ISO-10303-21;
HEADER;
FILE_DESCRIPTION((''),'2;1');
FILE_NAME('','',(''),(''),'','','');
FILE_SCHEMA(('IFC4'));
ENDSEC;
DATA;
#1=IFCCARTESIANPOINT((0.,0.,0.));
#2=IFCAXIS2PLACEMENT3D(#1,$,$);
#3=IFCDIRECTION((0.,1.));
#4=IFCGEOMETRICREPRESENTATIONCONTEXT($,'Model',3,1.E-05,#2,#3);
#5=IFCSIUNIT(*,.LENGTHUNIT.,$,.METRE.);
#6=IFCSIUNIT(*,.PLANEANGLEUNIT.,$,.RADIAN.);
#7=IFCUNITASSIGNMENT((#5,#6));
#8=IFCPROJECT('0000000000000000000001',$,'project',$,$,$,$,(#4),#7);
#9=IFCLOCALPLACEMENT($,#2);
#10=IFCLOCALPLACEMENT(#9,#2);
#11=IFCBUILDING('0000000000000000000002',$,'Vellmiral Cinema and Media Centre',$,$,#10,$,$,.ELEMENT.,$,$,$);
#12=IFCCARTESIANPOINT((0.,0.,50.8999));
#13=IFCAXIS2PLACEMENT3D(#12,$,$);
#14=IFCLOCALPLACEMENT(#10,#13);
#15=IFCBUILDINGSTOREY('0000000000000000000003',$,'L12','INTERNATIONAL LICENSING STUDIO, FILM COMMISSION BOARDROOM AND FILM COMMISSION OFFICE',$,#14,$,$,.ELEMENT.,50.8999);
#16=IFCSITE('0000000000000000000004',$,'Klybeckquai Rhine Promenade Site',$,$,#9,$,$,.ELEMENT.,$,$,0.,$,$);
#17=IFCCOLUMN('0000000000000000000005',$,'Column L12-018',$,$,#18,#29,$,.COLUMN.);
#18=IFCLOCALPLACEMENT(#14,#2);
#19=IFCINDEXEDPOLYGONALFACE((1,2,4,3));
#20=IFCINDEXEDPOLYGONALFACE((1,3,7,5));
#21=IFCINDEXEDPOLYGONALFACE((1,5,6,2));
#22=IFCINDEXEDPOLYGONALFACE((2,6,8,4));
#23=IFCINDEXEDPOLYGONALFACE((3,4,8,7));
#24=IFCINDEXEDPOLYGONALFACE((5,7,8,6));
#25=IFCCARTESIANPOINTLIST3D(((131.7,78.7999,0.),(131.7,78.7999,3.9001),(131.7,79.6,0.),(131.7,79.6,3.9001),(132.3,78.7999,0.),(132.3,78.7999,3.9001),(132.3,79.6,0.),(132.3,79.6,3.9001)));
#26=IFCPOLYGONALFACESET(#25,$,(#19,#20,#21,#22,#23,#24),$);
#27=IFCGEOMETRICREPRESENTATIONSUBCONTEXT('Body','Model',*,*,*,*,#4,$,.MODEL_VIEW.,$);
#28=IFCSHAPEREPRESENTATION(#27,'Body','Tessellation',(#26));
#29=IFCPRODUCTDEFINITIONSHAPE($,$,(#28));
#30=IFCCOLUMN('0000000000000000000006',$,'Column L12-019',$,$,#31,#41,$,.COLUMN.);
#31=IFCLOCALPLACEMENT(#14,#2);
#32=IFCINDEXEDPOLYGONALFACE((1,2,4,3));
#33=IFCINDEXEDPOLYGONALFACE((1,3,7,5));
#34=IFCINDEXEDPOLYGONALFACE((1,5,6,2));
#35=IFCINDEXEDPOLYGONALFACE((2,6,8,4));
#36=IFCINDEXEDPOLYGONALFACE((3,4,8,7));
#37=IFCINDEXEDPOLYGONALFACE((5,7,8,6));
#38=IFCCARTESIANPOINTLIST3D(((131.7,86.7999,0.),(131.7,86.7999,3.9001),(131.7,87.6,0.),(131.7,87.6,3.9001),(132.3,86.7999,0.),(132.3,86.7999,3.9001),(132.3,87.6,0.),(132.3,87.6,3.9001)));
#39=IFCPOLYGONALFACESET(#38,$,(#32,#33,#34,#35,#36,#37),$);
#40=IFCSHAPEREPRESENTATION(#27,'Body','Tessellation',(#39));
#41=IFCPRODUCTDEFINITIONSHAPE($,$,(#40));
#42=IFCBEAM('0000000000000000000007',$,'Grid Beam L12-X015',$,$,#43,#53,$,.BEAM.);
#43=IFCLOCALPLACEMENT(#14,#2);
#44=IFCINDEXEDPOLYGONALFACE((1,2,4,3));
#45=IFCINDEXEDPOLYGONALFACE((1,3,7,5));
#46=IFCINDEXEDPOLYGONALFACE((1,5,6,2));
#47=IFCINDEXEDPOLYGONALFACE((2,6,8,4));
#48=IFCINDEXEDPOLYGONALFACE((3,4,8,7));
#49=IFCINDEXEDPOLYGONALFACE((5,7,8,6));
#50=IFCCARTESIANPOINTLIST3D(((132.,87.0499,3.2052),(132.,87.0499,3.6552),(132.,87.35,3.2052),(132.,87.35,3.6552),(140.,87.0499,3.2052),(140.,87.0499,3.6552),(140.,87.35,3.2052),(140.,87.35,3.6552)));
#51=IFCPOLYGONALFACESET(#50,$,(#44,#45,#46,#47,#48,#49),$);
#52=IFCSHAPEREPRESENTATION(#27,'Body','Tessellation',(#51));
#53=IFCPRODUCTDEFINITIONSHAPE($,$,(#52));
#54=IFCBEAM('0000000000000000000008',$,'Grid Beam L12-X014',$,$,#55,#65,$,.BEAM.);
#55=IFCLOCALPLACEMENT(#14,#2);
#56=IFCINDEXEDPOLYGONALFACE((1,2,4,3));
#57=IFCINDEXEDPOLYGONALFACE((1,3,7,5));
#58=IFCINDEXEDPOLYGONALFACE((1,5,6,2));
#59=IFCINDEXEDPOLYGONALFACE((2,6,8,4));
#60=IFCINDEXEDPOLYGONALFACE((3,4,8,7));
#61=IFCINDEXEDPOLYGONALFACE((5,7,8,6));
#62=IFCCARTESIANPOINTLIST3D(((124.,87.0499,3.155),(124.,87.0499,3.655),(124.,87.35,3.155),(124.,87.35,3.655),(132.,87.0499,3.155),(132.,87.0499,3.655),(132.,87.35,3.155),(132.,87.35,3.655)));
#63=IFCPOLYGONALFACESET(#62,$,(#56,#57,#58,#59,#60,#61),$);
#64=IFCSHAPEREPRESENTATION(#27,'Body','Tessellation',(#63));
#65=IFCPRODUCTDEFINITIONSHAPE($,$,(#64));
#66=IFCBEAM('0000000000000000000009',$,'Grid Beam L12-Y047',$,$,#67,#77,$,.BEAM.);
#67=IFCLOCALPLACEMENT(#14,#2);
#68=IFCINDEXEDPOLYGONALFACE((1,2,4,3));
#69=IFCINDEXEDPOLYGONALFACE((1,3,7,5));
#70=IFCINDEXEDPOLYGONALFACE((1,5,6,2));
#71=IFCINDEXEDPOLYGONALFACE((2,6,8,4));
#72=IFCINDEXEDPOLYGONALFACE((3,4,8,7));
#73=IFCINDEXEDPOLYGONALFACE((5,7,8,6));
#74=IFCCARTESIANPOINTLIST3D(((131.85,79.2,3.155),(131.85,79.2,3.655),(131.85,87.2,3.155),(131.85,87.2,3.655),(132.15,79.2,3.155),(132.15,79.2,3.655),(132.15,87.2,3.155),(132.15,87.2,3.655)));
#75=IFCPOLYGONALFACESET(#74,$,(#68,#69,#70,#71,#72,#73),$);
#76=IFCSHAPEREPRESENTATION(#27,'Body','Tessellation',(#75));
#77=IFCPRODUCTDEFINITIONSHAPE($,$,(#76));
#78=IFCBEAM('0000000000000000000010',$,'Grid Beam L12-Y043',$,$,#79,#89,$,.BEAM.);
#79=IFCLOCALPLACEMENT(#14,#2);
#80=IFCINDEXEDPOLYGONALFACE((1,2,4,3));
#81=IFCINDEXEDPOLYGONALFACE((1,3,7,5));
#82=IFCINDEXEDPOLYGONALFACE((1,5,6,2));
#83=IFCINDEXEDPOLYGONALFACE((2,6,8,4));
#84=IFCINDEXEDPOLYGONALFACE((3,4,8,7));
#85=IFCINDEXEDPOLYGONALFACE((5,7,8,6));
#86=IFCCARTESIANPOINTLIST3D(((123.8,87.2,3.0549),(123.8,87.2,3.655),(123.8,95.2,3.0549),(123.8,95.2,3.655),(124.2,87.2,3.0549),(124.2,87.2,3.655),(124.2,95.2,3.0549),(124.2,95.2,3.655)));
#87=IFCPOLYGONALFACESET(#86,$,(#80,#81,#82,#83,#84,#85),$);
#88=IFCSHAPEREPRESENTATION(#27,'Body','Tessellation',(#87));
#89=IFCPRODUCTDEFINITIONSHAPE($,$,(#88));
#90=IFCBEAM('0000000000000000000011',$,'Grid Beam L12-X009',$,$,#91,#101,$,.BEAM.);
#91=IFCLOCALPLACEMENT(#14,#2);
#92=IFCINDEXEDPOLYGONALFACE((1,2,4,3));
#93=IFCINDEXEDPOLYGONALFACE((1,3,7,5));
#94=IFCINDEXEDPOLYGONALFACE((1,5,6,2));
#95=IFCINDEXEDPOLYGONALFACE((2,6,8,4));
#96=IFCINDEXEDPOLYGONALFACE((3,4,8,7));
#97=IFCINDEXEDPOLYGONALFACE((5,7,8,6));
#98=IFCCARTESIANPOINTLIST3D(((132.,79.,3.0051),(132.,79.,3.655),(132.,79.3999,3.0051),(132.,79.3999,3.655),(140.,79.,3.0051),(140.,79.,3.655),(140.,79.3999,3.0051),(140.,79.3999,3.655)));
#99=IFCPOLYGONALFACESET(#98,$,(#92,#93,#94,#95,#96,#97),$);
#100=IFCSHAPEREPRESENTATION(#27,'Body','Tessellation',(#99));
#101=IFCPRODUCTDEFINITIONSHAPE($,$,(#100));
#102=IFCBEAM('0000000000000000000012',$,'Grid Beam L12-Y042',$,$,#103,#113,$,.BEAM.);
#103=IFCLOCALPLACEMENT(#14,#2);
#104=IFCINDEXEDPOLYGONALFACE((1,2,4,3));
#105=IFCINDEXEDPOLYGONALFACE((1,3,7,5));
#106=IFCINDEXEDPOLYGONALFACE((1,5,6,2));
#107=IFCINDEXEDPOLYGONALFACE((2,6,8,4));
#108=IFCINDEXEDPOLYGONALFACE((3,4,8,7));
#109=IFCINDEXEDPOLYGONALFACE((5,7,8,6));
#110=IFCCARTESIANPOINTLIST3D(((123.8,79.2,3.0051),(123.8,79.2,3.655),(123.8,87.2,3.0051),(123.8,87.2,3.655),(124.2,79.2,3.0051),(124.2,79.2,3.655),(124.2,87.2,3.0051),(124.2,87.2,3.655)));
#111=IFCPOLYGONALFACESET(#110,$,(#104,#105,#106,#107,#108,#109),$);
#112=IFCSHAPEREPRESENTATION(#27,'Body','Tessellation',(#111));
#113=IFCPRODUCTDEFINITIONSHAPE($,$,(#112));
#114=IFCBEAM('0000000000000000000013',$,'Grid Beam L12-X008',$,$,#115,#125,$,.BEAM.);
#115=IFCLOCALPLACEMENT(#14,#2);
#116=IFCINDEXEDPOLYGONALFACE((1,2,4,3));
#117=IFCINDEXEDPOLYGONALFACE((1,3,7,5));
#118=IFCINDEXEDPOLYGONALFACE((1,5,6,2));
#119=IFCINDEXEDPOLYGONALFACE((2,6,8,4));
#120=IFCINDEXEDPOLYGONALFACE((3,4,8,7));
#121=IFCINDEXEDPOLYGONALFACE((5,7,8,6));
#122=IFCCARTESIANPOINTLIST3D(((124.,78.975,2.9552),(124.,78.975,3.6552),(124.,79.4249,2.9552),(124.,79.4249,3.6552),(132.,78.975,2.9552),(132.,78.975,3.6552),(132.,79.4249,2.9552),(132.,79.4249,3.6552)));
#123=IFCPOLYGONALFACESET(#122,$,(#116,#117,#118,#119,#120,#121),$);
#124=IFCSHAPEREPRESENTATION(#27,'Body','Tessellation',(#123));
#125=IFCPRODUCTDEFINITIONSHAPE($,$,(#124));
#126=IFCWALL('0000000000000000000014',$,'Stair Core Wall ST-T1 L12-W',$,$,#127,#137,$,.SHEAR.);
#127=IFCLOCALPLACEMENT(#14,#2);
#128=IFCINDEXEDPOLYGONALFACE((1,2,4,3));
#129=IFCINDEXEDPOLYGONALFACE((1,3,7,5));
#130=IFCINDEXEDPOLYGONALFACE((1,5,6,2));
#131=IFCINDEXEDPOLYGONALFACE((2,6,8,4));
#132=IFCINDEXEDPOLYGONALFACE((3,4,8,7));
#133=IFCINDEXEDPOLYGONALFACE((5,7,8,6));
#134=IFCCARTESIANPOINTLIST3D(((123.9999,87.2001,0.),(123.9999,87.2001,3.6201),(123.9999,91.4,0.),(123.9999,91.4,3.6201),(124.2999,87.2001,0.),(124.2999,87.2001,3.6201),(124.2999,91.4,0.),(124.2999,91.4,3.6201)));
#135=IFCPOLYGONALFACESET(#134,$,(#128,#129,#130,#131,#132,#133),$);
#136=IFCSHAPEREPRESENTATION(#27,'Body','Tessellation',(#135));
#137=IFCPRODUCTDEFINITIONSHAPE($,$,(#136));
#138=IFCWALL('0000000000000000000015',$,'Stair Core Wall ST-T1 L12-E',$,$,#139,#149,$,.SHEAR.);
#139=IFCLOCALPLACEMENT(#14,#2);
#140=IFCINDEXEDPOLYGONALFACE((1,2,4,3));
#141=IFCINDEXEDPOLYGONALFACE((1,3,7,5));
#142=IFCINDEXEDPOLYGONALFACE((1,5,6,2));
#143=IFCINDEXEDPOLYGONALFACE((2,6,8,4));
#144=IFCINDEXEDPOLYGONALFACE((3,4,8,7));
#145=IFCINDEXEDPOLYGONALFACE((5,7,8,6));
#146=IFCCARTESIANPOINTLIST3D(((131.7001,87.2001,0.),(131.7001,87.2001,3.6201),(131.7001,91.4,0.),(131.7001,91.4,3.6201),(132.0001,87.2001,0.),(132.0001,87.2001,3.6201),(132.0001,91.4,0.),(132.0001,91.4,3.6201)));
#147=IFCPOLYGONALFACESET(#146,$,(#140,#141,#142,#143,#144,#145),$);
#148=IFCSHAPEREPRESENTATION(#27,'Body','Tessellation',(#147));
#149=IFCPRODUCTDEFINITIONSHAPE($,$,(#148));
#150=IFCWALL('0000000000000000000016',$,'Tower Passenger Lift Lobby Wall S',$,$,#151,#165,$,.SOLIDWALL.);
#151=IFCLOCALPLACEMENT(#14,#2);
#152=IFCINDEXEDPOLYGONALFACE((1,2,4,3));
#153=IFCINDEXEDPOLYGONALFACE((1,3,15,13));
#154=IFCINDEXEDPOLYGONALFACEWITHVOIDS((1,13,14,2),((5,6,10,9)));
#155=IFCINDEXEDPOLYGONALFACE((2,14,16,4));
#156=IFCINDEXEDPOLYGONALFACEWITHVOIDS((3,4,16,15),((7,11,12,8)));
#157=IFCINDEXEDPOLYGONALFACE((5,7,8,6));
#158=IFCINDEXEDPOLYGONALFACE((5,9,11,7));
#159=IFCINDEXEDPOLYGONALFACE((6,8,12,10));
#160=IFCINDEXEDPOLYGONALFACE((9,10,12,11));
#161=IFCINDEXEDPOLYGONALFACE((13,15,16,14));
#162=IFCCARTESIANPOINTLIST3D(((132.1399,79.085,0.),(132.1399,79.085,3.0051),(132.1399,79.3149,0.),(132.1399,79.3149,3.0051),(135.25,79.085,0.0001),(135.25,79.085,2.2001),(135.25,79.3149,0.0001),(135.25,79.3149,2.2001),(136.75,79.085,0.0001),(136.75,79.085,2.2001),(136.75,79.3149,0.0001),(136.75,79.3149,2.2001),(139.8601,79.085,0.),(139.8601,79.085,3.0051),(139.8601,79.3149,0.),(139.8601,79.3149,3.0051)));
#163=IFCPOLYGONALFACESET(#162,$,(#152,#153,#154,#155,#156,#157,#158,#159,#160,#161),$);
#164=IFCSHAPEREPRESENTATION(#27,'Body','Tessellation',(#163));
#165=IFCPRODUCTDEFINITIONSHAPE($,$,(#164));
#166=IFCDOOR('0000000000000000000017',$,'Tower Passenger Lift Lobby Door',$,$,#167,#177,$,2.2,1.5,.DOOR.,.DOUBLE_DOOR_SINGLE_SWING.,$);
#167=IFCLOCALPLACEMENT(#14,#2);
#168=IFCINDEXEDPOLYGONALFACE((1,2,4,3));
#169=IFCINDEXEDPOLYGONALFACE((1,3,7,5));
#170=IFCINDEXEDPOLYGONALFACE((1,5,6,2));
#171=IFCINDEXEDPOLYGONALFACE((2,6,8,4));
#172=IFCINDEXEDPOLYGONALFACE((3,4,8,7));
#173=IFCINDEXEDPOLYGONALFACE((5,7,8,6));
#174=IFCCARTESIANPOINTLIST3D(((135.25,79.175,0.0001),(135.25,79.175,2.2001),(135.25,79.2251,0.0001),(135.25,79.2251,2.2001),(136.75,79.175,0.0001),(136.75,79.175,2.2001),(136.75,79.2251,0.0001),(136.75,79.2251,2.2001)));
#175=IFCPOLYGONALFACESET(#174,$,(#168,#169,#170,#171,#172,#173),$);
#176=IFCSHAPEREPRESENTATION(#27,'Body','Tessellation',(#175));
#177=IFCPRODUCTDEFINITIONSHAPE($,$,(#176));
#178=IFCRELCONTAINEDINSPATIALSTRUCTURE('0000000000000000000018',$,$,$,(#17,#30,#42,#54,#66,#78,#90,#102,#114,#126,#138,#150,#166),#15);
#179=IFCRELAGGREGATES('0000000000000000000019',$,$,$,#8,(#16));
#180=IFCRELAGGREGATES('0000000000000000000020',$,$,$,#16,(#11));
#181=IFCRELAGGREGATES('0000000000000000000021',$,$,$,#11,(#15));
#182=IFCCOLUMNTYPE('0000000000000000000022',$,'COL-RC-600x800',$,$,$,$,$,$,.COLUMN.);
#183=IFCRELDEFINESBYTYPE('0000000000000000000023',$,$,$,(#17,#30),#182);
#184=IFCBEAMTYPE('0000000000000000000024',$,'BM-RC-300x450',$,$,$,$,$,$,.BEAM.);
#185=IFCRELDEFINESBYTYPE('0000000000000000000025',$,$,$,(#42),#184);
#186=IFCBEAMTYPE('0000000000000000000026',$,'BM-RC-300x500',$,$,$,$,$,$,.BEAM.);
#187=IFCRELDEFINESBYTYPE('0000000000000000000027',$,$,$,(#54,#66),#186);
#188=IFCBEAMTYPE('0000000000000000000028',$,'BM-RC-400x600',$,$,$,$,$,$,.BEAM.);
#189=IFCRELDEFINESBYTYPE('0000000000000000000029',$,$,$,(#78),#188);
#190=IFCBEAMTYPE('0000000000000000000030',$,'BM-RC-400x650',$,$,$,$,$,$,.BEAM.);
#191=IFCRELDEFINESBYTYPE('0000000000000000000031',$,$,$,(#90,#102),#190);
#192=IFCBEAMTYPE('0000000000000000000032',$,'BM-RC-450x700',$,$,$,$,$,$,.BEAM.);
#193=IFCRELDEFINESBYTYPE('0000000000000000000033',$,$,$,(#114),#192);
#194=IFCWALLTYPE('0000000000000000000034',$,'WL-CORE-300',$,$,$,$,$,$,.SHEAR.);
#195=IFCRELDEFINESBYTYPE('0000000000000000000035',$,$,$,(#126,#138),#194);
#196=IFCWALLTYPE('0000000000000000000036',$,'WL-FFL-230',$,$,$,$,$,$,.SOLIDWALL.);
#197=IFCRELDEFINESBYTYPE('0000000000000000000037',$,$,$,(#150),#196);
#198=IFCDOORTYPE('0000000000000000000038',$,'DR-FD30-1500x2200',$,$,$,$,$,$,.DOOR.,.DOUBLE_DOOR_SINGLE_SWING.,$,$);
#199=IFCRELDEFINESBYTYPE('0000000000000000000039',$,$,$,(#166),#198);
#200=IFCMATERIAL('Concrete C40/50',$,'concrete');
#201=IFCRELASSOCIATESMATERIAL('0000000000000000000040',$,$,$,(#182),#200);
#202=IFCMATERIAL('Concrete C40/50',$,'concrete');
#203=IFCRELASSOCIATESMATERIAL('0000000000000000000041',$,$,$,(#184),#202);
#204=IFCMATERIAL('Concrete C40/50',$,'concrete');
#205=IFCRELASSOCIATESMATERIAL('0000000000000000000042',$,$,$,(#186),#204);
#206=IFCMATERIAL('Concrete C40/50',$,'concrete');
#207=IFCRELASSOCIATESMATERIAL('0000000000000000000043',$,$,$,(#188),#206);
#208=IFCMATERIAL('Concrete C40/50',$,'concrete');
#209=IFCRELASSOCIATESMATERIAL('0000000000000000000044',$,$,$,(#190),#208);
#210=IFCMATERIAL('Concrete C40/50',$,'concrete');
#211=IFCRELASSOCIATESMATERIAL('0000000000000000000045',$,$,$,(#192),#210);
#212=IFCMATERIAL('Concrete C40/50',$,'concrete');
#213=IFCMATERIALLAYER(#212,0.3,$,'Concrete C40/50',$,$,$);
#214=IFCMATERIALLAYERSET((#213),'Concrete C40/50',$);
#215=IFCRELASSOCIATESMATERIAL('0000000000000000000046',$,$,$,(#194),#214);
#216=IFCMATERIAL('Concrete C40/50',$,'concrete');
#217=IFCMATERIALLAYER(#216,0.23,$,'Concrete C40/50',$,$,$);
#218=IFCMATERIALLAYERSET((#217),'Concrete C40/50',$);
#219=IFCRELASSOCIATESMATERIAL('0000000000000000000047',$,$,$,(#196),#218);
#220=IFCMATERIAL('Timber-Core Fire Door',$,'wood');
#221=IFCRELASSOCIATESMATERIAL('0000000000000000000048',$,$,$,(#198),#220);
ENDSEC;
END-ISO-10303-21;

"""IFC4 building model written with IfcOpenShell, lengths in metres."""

from ifc_helpers import new_model, si_unit, direction, frame, frame_2d, origin, origin_2d, place, context, subcontext, project, spatial, rectangle, extrude, material, layer, layer_set, material_profile, profile_set, type_object, element, fill, save


model = new_model("IFC4")

# Units and contexts
model_context = context("Model", 3, precision=1e-05, world=origin(), true_north=direction((0.0, 1.0)))
body_context = subcontext(model_context, "Body", "Model", "MODEL_VIEW")
ifc_project = project(units=[si_unit("LENGTHUNIT", "METRE"), si_unit("PLANEANGLEUNIT", "RADIAN")], contexts=[model_context])

# Site, building, storey
site_placement = place(None, origin())
site = spatial("IfcSite", under=ifc_project, at=site_placement, Name="Klybeckquai Rhine Promenade Site", CompositionType="ELEMENT", RefElevation=0.0)
building_placement = place(site_placement, origin())
building = spatial("IfcBuilding", under=site, at=building_placement, Name="Vellmiral Cinema and Media Centre", CompositionType="ELEMENT")
storey_placement = place(building_placement, frame((0.0, 0.0, 50.8999)))
storey = spatial("IfcBuildingStorey", under=building, at=storey_placement, Name="L12", Description="INTERNATIONAL LICENSING STUDIO, FILM COMMISSION BOARDROOM AND FILM COMMISSION OFFICE", CompositionType="ELEMENT", Elevation=50.8999)

# Columns
ifc_material_1 = material(Name="Concrete C40/50", Category="concrete")
ifc_material_profile_1 = material_profile(ifc_material_1, rectangle(XDim=0.6001, YDim=0.8, at=origin_2d()), Name="RC 600x800")
ifc_profile_set_1 = profile_set([ifc_material_profile_1], Name="Concrete C40/50")
column_type = type_object("IfcColumnType", Name="COL-RC-600x800", PredefinedType="COLUMN", material=ifc_profile_set_1)
for number, where, z_axis, x_axis, name in (
    (1, (132.0, 79.2, 0.0), (0.0, 0.0, 1.0), (1.0, 0.0, 0.0), "Column L12-018"),
    (2, (132.0, 87.2, 0.0), (0.0, 0.0, 1.0), (1.0, 0.0, 0.0), "Column L12-019"),
):
    element("IfcColumn", number, at=place(storey_placement, frame(where, z_axis=z_axis, x_axis=x_axis)), inside=storey, type_object=column_type, Name=name, PredefinedType="COLUMN", context=body_context, shape_type="SweptSolid", body=[
        extrude(rectangle(XDim=0.6001, YDim=0.8, at=origin_2d()), origin(), (0.0, 0.0, 1.0), 3.9001),
    ])

# Beams
ifc_material_2 = material(Name="Concrete C40/50", Category="concrete")
ifc_material_profile_2 = material_profile(ifc_material_2, rectangle(XDim=0.3, YDim=0.45, at=origin_2d()), Name="RC 300x450")
ifc_profile_set_2 = profile_set([ifc_material_profile_2], Name="Concrete C40/50")
beam_type_1 = type_object("IfcBeamType", Name="BM-RC-300x450", PredefinedType="BEAM", material=ifc_profile_set_2)
beam_1_placement = place(storey_placement, frame((132.0, 87.2, 3.4302), z_axis=(1.0, 0.0, 0.0), x_axis=(0.0, 1.0, 0.0)))
element("IfcBeam", 3, at=beam_1_placement, inside=storey, type_object=beam_type_1, Name="Grid Beam L12-X015", PredefinedType="BEAM", context=body_context, shape_type="SweptSolid", body=[
    extrude(rectangle(XDim=0.3, YDim=0.45, at=origin_2d()), origin(), (0.0, 0.0, 1.0), 8.0),
])
ifc_material_3 = material(Name="Concrete C40/50", Category="concrete")
ifc_material_profile_3 = material_profile(ifc_material_3, rectangle(XDim=0.3, YDim=0.5, at=origin_2d()), Name="RC 300x500")
ifc_profile_set_3 = profile_set([ifc_material_profile_3], Name="Concrete C40/50")
beam_type_2 = type_object("IfcBeamType", Name="BM-RC-300x500", PredefinedType="BEAM", material=ifc_profile_set_3)
for number, where, z_axis, x_axis, name in (
    (4, (124.0, 87.2, 3.405), (1.0, 0.0, 0.0), (0.0, 1.0, 0.0), "Grid Beam L12-X014"),
    (5, (132.0, 79.2, 3.405), (0.0, 1.0, 0.0), (-1.0, 0.0, 0.0), "Grid Beam L12-Y047"),
):
    element("IfcBeam", number, at=place(storey_placement, frame(where, z_axis=z_axis, x_axis=x_axis)), inside=storey, type_object=beam_type_2, Name=name, PredefinedType="BEAM", context=body_context, shape_type="SweptSolid", body=[
        extrude(rectangle(XDim=0.3, YDim=0.5, at=origin_2d()), origin(), (0.0, 0.0, 1.0), 8.0),
    ])
ifc_material_4 = material(Name="Concrete C40/50", Category="concrete")
ifc_material_profile_4 = material_profile(ifc_material_4, rectangle(XDim=0.3999, YDim=0.6001, at=origin_2d()), Name="RC 400x600")
ifc_profile_set_4 = profile_set([ifc_material_profile_4], Name="Concrete C40/50")
beam_type_3 = type_object("IfcBeamType", Name="BM-RC-400x600", PredefinedType="BEAM", material=ifc_profile_set_4)
beam_2_placement = place(storey_placement, frame((124.0, 87.2, 3.355), z_axis=(0.0, 1.0, 0.0), x_axis=(-1.0, 0.0, 0.0)))
element("IfcBeam", 6, at=beam_2_placement, inside=storey, type_object=beam_type_3, Name="Grid Beam L12-Y043", PredefinedType="BEAM", context=body_context, shape_type="SweptSolid", body=[
    extrude(rectangle(XDim=0.3999, YDim=0.6001, at=origin_2d()), origin(), (0.0, 0.0, 1.0), 8.0),
])
ifc_material_5 = material(Name="Concrete C40/50", Category="concrete")
ifc_material_profile_5 = material_profile(ifc_material_5, rectangle(XDim=0.3999, YDim=0.6499, at=origin_2d()), Name="RC 400x650")
ifc_profile_set_5 = profile_set([ifc_material_profile_5], Name="Concrete C40/50")
beam_type_4 = type_object("IfcBeamType", Name="BM-RC-400x650", PredefinedType="BEAM", material=ifc_profile_set_5)
for number, where, z_axis, x_axis, name in (
    (7, (132.0, 79.2, 3.3301), (1.0, 0.0, 0.0), (0.0, 1.0, 0.0), "Grid Beam L12-X009"),
    (8, (124.0, 79.2, 3.3301), (0.0, 1.0, 0.0), (-1.0, 0.0, 0.0), "Grid Beam L12-Y042"),
):
    element("IfcBeam", number, at=place(storey_placement, frame(where, z_axis=z_axis, x_axis=x_axis)), inside=storey, type_object=beam_type_4, Name=name, PredefinedType="BEAM", context=body_context, shape_type="SweptSolid", body=[
        extrude(rectangle(XDim=0.3999, YDim=0.6499, at=origin_2d()), origin(), (0.0, 0.0, 1.0), 8.0),
    ])
ifc_material_6 = material(Name="Concrete C40/50", Category="concrete")
ifc_material_profile_6 = material_profile(ifc_material_6, rectangle(XDim=0.45, YDim=0.7, at=origin_2d()), Name="RC 450x700")
ifc_profile_set_6 = profile_set([ifc_material_profile_6], Name="Concrete C40/50")
beam_type_5 = type_object("IfcBeamType", Name="BM-RC-450x700", PredefinedType="BEAM", material=ifc_profile_set_6)
beam_3_placement = place(storey_placement, frame((124.0, 79.2, 3.3052), z_axis=(1.0, 0.0, 0.0), x_axis=(0.0, 1.0, 0.0)))
element("IfcBeam", 9, at=beam_3_placement, inside=storey, type_object=beam_type_5, Name="Grid Beam L12-X008", PredefinedType="BEAM", context=body_context, shape_type="SweptSolid", body=[
    extrude(rectangle(XDim=0.45, YDim=0.7, at=origin_2d()), origin(), (0.0, 0.0, 1.0), 8.0),
])

# Walls
ifc_material_7 = material(Name="Concrete C40/50", Category="concrete")
ifc_layer_1 = layer(ifc_material_7, 0.3, Name="Concrete C40/50")
ifc_layer_set_1 = layer_set([ifc_layer_1], Name="Concrete C40/50")
wall_type_1 = type_object("IfcWallType", Name="WL-CORE-300", PredefinedType="SHEAR", material=ifc_layer_set_1)
for number, where, z_axis, x_axis, name in (
    (10, (124.1499, 87.2, 0.0), (0.0, 0.0, 1.0), (0.0, 1.0, 0.0), "Stair Core Wall ST-T1 L12-W"),
    (11, (131.8501, 87.2, 0.0), (0.0, 0.0, 1.0), (0.0, 1.0, 0.0), "Stair Core Wall ST-T1 L12-E"),
):
    element("IfcWall", number, at=place(storey_placement, frame(where, z_axis=z_axis, x_axis=x_axis)), inside=storey, type_object=wall_type_1, Name=name, PredefinedType="SHEAR", context=body_context, shape_type="SweptSolid", body=[
        extrude(rectangle(XDim=4.2, YDim=0.3, at=frame_2d((2.1001, 0.0))), origin(), (0.0, 0.0, 1.0), 3.6201),
    ])

# Wall, opening, door
ifc_material_8 = material(Name="Concrete C40/50", Category="concrete")
ifc_layer_2 = layer(ifc_material_8, 0.23, Name="Concrete C40/50")
ifc_layer_set_2 = layer_set([ifc_layer_2], Name="Concrete C40/50")
wall_type_2 = type_object("IfcWallType", Name="WL-FFL-230", PredefinedType="SOLIDWALL", material=ifc_layer_set_2)
wall_1_placement = place(storey_placement, frame((132.1399, 79.2, 0.0), z_axis=(0.0, 0.0, 1.0), x_axis=(1.0, 0.0, 0.0)))
wall_1 = element("IfcWall", 12, at=wall_1_placement, inside=storey, type_object=wall_type_2, Name="Tower Passenger Lift Lobby Wall S", PredefinedType="SOLIDWALL", context=body_context, shape_type="SweptSolid", body=[
    extrude(rectangle(XDim=7.7202, YDim=0.23, at=frame_2d((3.8601, 0.0))), origin(), (0.0, 0.0, 1.0), 3.0051),
])
opening_1_placement = place(wall_1_placement, frame((3.1101, 0.0, 0.0)))
opening_1 = element("IfcOpeningElement", 13, at=opening_1_placement, cuts=wall_1, PredefinedType="OPENING", context=body_context, shape_type="SweptSolid", body=[
    extrude(rectangle(XDim=1.5, YDim=2.2, at=frame_2d((0.75, 1.1001))), frame((0.0, 0.127, 0.0), z_axis=(0.0, -1.0, 0.0), x_axis=(1.0, 0.0, 0.0)), (0.0, 0.0, 1.0), 0.2539),
])
ifc_material_9 = material(Name="Timber-Core Fire Door", Category="wood")
door_type_1 = type_object("IfcDoorType", Name="DR-FD30-1500x2200", OperationType="DOUBLE_DOOR_SINGLE_SWING", PredefinedType="DOOR", material=ifc_material_9)
door_1_placement = place(opening_1_placement, frame((1.5, 0.0, 0.0), z_axis=(0.0, 0.0, 1.0), x_axis=(-1.0, 0.0, 0.0)))
door_1 = element("IfcDoor", 14, at=door_1_placement, inside=storey, type_object=door_type_1, Name="Tower Passenger Lift Lobby Door", OperationType="DOUBLE_DOOR_SINGLE_SWING", OverallHeight=2.2, OverallWidth=1.5, PredefinedType="DOOR", context=body_context, shape_type="SweptSolid", body=[
    extrude(rectangle(XDim=1.5, YDim=2.2, at=frame_2d((0.75, 1.1001))), frame((0.0, 0.0249, 0.0), z_axis=(0.0, -1.0, 0.0), x_axis=(1.0, 0.0, 0.0)), (0.0, 0.0, 1.0), 0.05),
])
fill(opening_1, door_1)

save(model, "model.ifc")
